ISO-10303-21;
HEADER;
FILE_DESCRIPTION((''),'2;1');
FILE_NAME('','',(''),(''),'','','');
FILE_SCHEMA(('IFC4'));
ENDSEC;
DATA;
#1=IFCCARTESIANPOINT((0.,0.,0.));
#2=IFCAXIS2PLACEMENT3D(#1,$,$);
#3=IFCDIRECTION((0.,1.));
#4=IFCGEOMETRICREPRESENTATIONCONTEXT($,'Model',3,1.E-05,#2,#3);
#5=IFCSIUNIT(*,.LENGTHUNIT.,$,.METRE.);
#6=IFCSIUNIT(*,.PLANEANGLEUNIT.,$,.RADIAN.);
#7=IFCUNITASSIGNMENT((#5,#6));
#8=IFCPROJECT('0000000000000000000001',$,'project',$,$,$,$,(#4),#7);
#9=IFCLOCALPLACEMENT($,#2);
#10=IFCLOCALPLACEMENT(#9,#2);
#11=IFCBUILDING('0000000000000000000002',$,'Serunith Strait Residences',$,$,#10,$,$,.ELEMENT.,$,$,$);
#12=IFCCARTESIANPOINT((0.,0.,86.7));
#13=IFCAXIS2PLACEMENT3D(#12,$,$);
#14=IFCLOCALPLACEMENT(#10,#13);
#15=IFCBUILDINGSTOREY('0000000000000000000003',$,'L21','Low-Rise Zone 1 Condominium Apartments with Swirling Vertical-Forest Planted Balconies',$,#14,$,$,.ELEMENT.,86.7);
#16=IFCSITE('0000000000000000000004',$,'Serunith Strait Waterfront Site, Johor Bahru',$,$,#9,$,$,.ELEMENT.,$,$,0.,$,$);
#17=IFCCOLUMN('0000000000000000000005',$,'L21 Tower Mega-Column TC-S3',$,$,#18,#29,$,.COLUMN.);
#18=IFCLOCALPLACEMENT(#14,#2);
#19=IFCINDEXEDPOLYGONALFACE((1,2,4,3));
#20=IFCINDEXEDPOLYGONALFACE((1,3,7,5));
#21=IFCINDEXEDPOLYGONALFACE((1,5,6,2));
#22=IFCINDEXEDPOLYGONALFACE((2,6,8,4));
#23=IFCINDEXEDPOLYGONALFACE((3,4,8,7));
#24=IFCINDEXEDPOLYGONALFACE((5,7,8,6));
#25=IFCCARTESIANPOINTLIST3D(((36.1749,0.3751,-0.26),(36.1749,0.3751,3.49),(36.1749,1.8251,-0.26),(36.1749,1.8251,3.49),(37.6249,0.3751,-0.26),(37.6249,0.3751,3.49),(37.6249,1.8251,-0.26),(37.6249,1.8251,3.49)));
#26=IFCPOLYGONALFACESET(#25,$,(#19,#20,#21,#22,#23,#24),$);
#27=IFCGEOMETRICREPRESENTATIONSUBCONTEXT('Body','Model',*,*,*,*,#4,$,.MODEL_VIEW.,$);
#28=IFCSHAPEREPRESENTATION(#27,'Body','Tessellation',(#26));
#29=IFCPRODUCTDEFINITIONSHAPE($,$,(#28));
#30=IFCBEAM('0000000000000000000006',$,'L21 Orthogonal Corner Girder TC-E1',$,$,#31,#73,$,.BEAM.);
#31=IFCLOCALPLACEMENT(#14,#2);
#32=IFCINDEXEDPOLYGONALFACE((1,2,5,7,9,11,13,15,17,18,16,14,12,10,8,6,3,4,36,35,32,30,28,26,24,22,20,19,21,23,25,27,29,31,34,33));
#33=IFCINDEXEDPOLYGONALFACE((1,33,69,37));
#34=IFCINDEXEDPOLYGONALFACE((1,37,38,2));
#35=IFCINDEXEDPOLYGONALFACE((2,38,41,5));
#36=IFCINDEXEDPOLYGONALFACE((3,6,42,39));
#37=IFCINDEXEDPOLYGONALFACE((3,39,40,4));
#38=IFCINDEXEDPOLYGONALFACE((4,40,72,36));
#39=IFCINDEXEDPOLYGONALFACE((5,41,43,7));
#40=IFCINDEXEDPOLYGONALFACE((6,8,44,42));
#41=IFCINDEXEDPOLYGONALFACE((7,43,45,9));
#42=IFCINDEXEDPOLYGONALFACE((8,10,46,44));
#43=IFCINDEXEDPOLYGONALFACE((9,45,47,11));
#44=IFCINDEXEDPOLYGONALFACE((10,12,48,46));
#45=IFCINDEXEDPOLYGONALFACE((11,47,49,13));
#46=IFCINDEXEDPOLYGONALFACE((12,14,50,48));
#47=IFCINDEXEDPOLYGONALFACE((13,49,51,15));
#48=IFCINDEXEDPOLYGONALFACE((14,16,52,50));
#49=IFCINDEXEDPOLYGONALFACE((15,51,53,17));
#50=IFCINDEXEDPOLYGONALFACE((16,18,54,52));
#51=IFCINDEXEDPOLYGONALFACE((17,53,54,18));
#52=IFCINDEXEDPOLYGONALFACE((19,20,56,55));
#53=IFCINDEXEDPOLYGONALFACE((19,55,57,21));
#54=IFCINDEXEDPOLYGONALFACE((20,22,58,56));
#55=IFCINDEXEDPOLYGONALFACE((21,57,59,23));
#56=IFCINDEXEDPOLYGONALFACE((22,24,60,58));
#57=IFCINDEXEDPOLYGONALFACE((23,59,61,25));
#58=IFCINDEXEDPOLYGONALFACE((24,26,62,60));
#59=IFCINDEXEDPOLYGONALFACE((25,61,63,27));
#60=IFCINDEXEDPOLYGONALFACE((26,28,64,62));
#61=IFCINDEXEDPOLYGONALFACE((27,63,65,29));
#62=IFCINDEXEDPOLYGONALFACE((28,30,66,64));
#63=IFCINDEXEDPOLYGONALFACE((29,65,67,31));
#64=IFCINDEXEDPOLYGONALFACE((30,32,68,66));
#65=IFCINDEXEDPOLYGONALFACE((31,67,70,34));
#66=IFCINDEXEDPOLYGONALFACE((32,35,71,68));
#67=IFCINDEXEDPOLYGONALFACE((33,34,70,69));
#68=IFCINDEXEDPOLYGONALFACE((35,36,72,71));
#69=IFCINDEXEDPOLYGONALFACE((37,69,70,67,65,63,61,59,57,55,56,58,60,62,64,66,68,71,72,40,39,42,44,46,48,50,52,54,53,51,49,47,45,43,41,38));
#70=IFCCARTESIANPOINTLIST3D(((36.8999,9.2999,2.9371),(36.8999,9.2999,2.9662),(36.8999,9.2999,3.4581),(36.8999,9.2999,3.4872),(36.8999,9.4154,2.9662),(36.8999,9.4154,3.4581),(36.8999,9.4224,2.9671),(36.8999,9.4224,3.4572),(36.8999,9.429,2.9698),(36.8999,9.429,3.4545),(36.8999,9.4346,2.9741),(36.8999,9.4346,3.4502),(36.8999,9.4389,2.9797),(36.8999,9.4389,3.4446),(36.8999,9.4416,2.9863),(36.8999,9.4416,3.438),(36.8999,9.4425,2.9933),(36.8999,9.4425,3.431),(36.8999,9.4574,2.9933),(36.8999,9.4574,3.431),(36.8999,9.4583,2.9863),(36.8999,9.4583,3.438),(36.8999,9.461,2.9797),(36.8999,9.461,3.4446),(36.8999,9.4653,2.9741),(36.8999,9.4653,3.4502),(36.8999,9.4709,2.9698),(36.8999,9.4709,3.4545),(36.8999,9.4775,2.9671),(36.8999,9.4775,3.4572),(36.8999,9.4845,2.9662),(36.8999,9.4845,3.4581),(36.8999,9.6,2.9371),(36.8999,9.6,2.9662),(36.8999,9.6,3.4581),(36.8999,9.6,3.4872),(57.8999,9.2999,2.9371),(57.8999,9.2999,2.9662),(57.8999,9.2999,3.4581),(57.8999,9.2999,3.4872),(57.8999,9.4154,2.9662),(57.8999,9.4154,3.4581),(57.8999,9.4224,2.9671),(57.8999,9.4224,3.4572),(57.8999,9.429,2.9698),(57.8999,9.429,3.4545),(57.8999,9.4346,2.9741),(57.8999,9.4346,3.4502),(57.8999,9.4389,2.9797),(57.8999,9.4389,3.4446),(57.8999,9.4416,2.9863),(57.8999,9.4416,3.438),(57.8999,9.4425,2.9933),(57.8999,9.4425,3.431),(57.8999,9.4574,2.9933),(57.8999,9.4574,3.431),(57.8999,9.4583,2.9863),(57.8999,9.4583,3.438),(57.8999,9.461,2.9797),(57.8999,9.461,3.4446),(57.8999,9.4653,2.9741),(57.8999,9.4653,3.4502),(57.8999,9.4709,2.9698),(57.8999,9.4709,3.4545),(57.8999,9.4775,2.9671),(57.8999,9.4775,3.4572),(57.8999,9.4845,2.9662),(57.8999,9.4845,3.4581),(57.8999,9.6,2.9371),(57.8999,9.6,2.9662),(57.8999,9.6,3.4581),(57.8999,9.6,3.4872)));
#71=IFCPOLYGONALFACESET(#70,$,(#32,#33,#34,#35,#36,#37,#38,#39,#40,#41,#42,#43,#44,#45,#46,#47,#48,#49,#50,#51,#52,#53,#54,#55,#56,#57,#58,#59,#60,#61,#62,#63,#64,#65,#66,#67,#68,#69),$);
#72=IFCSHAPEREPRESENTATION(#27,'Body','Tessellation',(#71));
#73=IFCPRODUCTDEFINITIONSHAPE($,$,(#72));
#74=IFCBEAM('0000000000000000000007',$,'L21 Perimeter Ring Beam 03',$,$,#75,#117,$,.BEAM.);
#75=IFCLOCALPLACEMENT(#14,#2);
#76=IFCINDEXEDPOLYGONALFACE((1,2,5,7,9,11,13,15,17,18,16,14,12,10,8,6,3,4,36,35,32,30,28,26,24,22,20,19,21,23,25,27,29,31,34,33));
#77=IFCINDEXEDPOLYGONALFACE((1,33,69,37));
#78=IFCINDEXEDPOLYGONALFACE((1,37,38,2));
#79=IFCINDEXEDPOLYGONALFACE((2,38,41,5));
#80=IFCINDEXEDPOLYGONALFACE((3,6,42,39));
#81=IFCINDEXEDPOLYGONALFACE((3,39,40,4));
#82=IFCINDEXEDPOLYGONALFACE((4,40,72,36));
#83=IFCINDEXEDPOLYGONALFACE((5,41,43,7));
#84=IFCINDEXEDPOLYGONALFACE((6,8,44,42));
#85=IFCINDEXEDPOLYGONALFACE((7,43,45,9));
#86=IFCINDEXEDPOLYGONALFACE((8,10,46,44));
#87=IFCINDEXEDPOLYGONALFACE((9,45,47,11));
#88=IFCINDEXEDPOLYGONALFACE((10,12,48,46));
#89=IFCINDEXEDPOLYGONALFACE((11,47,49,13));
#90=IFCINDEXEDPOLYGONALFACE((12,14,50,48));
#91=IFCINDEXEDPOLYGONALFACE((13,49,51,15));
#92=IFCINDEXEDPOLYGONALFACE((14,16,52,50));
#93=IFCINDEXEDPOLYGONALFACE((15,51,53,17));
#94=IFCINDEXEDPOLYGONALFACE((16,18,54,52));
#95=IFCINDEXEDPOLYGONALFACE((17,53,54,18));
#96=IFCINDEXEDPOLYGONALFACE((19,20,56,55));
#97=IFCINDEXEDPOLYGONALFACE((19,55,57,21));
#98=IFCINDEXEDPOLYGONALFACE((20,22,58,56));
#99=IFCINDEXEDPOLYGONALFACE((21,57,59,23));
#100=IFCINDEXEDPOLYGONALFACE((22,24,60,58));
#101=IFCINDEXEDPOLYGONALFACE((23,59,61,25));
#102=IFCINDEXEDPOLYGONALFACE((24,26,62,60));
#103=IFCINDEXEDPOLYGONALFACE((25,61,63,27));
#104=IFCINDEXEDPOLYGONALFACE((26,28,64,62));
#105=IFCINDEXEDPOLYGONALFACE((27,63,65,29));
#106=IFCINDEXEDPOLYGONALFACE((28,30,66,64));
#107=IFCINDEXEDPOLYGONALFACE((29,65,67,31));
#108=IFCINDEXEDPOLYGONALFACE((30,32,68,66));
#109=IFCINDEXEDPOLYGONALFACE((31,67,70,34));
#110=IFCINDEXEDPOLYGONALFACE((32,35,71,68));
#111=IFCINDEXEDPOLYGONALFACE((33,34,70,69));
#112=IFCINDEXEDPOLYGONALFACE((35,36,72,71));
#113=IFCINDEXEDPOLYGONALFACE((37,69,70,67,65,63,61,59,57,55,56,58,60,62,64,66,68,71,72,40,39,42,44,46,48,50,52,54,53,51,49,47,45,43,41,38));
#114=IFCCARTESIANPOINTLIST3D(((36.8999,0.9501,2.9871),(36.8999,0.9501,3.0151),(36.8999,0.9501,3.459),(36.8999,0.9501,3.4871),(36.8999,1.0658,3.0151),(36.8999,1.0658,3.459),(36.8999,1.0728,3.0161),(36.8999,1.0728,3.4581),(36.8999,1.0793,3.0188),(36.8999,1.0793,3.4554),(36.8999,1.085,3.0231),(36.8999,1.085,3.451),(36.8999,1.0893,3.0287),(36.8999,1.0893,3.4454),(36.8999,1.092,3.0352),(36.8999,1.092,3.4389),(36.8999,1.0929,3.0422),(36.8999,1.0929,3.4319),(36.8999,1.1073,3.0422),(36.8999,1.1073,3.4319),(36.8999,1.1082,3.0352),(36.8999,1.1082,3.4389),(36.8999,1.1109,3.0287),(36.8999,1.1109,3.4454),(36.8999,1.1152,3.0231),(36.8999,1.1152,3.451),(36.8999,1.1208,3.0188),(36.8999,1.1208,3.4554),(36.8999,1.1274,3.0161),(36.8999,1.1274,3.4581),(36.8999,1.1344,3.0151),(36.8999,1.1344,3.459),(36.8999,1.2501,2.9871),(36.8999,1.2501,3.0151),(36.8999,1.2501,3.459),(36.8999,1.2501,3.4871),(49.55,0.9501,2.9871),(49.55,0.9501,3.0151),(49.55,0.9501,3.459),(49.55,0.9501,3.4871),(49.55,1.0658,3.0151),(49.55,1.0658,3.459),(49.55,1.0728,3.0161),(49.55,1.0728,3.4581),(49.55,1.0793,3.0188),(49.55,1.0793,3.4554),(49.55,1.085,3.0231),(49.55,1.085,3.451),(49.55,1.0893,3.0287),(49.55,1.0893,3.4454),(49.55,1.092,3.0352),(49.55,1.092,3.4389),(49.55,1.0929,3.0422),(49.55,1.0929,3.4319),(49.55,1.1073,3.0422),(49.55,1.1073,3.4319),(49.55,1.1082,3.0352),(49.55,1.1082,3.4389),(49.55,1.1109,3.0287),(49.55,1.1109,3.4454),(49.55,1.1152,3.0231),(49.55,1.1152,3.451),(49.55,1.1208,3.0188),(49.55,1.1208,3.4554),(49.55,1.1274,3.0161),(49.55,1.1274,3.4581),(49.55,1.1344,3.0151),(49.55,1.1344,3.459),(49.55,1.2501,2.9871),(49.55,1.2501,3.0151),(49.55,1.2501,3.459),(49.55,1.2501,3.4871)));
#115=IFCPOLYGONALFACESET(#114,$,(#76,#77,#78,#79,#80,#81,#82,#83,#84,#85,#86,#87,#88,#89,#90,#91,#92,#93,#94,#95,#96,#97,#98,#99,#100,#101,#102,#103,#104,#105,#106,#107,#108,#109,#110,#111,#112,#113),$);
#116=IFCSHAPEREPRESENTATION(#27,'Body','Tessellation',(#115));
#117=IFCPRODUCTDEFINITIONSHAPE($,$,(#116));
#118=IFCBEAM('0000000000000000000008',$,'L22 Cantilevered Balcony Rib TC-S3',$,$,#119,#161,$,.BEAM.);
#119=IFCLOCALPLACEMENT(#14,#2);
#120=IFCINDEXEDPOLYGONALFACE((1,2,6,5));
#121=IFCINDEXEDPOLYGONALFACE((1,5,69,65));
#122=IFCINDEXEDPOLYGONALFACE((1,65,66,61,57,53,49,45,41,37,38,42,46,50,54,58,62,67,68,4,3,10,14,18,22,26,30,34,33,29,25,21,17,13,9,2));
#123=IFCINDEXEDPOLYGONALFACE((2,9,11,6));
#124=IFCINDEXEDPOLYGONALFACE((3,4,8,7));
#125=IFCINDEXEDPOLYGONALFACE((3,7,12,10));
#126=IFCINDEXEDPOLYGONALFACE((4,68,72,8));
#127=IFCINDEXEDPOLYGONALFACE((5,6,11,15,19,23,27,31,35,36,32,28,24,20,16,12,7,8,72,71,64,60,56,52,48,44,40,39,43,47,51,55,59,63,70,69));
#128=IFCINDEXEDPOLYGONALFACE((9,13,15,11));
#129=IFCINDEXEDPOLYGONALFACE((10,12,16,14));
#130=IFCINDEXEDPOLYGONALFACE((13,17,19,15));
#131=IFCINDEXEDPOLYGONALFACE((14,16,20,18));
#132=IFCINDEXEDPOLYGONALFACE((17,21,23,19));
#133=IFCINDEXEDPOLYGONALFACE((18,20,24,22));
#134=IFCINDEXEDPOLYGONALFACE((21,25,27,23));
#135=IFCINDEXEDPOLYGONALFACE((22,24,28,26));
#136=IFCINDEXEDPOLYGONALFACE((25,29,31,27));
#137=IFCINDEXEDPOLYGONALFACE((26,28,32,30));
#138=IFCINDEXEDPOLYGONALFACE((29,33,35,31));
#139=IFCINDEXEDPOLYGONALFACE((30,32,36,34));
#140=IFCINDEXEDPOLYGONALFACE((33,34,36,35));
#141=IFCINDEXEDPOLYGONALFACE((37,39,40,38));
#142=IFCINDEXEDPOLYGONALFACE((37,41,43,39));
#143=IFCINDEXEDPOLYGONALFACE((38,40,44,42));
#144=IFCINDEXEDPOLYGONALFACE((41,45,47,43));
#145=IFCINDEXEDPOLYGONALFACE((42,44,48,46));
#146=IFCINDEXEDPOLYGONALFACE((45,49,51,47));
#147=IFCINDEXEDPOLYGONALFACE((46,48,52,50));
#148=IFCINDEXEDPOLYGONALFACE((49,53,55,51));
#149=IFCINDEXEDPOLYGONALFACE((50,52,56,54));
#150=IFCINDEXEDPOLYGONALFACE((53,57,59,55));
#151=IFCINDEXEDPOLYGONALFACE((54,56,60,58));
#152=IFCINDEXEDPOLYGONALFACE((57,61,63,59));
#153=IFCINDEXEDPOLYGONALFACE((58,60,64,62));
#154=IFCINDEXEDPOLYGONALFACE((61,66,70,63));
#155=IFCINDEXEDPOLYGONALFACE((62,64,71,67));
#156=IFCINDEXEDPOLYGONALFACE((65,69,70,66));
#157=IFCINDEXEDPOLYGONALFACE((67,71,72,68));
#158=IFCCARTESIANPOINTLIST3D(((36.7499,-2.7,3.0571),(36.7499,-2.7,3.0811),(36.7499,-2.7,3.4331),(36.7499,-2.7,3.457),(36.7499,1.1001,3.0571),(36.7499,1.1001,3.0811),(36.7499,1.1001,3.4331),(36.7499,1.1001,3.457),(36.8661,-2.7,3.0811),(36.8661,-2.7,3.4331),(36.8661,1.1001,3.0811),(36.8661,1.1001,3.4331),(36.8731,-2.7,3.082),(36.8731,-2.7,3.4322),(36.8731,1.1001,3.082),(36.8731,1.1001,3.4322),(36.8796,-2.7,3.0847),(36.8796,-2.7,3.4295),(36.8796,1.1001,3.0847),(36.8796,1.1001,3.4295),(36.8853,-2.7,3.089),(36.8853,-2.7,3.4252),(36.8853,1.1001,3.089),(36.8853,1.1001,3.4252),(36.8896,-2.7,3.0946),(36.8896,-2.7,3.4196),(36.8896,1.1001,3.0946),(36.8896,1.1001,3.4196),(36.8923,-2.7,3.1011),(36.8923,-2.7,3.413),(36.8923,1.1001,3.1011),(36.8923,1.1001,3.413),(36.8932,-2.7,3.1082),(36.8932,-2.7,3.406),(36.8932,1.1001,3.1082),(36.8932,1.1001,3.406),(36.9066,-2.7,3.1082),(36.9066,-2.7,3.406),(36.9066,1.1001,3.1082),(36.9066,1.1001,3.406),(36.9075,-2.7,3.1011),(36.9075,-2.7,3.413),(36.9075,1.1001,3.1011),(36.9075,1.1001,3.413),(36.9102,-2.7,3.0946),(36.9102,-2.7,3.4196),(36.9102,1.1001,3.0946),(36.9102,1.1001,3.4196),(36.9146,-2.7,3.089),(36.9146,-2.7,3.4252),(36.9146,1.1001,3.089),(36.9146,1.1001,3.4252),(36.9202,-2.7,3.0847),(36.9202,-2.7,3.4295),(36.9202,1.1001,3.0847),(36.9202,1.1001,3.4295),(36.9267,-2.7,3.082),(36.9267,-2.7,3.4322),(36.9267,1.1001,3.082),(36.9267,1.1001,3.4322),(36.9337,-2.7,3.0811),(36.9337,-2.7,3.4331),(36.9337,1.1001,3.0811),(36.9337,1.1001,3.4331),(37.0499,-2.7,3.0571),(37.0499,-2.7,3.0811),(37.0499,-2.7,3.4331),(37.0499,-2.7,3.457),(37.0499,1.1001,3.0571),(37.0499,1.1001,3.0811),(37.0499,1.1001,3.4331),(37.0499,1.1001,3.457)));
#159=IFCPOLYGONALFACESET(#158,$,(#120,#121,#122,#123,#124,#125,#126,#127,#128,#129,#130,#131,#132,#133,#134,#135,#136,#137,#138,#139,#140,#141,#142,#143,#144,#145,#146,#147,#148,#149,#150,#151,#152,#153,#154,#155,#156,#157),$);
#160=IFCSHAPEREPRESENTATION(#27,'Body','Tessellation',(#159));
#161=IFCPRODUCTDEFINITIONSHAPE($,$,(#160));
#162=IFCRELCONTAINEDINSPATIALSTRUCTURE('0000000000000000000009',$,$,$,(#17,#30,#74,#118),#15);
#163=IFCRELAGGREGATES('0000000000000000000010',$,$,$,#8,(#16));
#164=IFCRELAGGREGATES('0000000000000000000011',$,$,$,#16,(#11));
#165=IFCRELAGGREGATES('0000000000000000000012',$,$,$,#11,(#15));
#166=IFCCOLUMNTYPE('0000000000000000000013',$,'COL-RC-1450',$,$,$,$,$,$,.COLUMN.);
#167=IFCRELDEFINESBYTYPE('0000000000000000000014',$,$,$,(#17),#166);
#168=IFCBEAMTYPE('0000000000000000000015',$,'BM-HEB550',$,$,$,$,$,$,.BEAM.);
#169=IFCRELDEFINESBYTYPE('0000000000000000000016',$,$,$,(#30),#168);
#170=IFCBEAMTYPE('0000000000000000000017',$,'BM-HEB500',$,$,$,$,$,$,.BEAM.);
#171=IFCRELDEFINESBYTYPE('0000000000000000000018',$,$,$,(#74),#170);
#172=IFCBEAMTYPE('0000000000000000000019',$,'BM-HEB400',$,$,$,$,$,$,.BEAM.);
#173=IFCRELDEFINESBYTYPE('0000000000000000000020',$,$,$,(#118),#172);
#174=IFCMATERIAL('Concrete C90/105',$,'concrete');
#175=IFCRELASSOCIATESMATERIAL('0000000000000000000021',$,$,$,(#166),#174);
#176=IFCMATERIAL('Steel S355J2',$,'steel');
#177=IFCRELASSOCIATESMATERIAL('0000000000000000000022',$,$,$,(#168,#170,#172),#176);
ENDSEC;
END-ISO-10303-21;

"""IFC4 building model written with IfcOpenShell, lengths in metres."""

from ifc_helpers import new_model, si_unit, direction, frame, origin, origin_2d, place, context, subcontext, project, spatial, rectangle, i_section, extrude, source, transform, mapped, material, material_profile, profile_set, type_object, element, save


model = new_model("IFC4")

# Units and contexts
model_context = context("Model", 3, precision=1e-05, world=origin(), true_north=direction((0.0, 1.0)))
body_context = subcontext(model_context, "Body", "Model", "MODEL_VIEW")
ifc_project = project(units=[si_unit("LENGTHUNIT", "METRE"), si_unit("PLANEANGLEUNIT", "RADIAN")], contexts=[model_context])

# Site, building, storey
site_placement = place(None, origin())
site = spatial("IfcSite", under=ifc_project, at=site_placement, Name="Serunith Strait Waterfront Site, Johor Bahru", CompositionType="ELEMENT", RefElevation=0.0)
building_placement = place(site_placement, origin())
building = spatial("IfcBuilding", under=site, at=building_placement, Name="Serunith Strait Residences", CompositionType="ELEMENT")
storey_placement = place(building_placement, frame((0.0, 0.0, 86.7)))
storey = spatial("IfcBuildingStorey", under=building, at=storey_placement, Name="L21", Description="Low-Rise Zone 1 Condominium Apartments with Swirling Vertical-Forest Planted Balconies", CompositionType="ELEMENT", Elevation=86.7)

# Column
ifc_material_1 = material(Name="Concrete C90/105", Category="concrete")
ifc_material_profile_1 = material_profile(ifc_material_1, rectangle(XDim=1.45, YDim=1.45, at=origin_2d()), Name="RC 1450x1450")
ifc_profile_set_1 = profile_set([ifc_material_profile_1], Name="Concrete C90/105")
column_type = type_object("IfcColumnType", Name="COL-RC-1450", PredefinedType="COLUMN", material=ifc_profile_set_1)
shared_shape_1 = source(origin(), body_context, "Body", "SweptSolid", [
    extrude(rectangle(XDim=1.45, YDim=1.45, at=origin_2d()), origin(), (0.0, 0.0, 1.0), 3.75),
])
column_placement = place(storey_placement, frame((36.8999, 1.1001, -0.26), z_axis=(0.0, 0.0, 1.0), x_axis=(1.0, 0.0, 0.0)))
element("IfcColumn", 1, at=column_placement, inside=storey, type_object=column_type, Name="L21 Tower Mega-Column TC-S3", PredefinedType="COLUMN", context=body_context, shape_type="MappedRepresentation", body=[
    mapped(shared_shape_1, transform((0.0, 0.0, 0.0), scale=1.0)),
])

# Beams
ifc_material_2 = material(Name="Steel S355J2", Category="steel")
ifc_material_profile_2 = material_profile(ifc_material_2, i_section(OverallWidth=0.3, OverallDepth=0.55, WebThickness=0.0149, FlangeThickness=0.0291, FilletRadius=0.0271, at=origin_2d()), Name="HEB 550")
ifc_profile_set_2 = profile_set([ifc_material_profile_2], Name="Steel S355J2")
beam_type_1 = type_object("IfcBeamType", Name="BM-HEB550", PredefinedType="BEAM", material=ifc_profile_set_2)
shared_shape_2 = source(origin(), body_context, "Body", "SweptSolid", [
    extrude(i_section(OverallWidth=0.3, OverallDepth=0.55, WebThickness=0.0149, FlangeThickness=0.0291, FilletRadius=0.0271, at=origin_2d()), origin(), (0.0, 0.0, 1.0), 21.0),
])
beam_1_placement = place(storey_placement, frame((36.8999, 9.45, 3.2122), z_axis=(1.0, 0.0, 0.0), x_axis=(0.0, 1.0, 0.0)))
element("IfcBeam", 2, at=beam_1_placement, inside=storey, type_object=beam_type_1, Name="L21 Orthogonal Corner Girder TC-E1", PredefinedType="BEAM", context=body_context, shape_type="MappedRepresentation", body=[
    mapped(shared_shape_2, transform((0.0, 0.0, 0.0), scale=1.0)),
])
ifc_material_profile_3 = material_profile(ifc_material_2, i_section(OverallWidth=0.3, OverallDepth=0.5, WebThickness=0.0144, FlangeThickness=0.0281, FilletRadius=0.0271, at=origin_2d()), Name="HEB 500")
ifc_profile_set_3 = profile_set([ifc_material_profile_3], Name="Steel S355J2")
beam_type_2 = type_object("IfcBeamType", Name="BM-HEB500", PredefinedType="BEAM", material=ifc_profile_set_3)
shared_shape_3 = source(origin(), body_context, "Body", "SweptSolid", [
    extrude(i_section(OverallWidth=0.3, OverallDepth=0.5, WebThickness=0.0144, FlangeThickness=0.0281, FilletRadius=0.0271, at=origin_2d()), origin(), (0.0, 0.0, 1.0), 12.6501),
])
beam_2_placement = place(storey_placement, frame((36.8999, 1.1001, 3.2371), z_axis=(1.0, 0.0, 0.0), x_axis=(0.0, 1.0, 0.0)))
element("IfcBeam", 3, at=beam_2_placement, inside=storey, type_object=beam_type_2, Name="L21 Perimeter Ring Beam 03", PredefinedType="BEAM", context=body_context, shape_type="MappedRepresentation", body=[
    mapped(shared_shape_3, transform((0.0, 0.0, 0.0), scale=1.0)),
])
ifc_material_profile_4 = material_profile(ifc_material_2, i_section(OverallWidth=0.3, OverallDepth=0.3999, WebThickness=0.0134, FlangeThickness=0.0239, FilletRadius=0.0271, at=origin_2d()), Name="HEB 400")
ifc_profile_set_4 = profile_set([ifc_material_profile_4], Name="Steel S355J2")
beam_type_3 = type_object("IfcBeamType", Name="BM-HEB400", PredefinedType="BEAM", material=ifc_profile_set_4)
shared_shape_4 = source(origin(), body_context, "Body", "SweptSolid", [
    extrude(i_section(OverallWidth=0.3, OverallDepth=0.3999, WebThickness=0.0134, FlangeThickness=0.0239, FilletRadius=0.0271, at=origin_2d()), origin(), (0.0, 0.0, 1.0), 3.8),
])
beam_3_placement = place(storey_placement, frame((36.8999, 1.1001, 3.2571), z_axis=(0.0, -1.0, 0.0), x_axis=(1.0, 0.0, 0.0)))
element("IfcBeam", 4, at=beam_3_placement, inside=storey, type_object=beam_type_3, Name="L22 Cantilevered Balcony Rib TC-S3", PredefinedType="BEAM", context=body_context, shape_type="MappedRepresentation", body=[
    mapped(shared_shape_4, transform((0.0, 0.0, 0.0), scale=1.0)),
])

save(model, "model.ifc")
